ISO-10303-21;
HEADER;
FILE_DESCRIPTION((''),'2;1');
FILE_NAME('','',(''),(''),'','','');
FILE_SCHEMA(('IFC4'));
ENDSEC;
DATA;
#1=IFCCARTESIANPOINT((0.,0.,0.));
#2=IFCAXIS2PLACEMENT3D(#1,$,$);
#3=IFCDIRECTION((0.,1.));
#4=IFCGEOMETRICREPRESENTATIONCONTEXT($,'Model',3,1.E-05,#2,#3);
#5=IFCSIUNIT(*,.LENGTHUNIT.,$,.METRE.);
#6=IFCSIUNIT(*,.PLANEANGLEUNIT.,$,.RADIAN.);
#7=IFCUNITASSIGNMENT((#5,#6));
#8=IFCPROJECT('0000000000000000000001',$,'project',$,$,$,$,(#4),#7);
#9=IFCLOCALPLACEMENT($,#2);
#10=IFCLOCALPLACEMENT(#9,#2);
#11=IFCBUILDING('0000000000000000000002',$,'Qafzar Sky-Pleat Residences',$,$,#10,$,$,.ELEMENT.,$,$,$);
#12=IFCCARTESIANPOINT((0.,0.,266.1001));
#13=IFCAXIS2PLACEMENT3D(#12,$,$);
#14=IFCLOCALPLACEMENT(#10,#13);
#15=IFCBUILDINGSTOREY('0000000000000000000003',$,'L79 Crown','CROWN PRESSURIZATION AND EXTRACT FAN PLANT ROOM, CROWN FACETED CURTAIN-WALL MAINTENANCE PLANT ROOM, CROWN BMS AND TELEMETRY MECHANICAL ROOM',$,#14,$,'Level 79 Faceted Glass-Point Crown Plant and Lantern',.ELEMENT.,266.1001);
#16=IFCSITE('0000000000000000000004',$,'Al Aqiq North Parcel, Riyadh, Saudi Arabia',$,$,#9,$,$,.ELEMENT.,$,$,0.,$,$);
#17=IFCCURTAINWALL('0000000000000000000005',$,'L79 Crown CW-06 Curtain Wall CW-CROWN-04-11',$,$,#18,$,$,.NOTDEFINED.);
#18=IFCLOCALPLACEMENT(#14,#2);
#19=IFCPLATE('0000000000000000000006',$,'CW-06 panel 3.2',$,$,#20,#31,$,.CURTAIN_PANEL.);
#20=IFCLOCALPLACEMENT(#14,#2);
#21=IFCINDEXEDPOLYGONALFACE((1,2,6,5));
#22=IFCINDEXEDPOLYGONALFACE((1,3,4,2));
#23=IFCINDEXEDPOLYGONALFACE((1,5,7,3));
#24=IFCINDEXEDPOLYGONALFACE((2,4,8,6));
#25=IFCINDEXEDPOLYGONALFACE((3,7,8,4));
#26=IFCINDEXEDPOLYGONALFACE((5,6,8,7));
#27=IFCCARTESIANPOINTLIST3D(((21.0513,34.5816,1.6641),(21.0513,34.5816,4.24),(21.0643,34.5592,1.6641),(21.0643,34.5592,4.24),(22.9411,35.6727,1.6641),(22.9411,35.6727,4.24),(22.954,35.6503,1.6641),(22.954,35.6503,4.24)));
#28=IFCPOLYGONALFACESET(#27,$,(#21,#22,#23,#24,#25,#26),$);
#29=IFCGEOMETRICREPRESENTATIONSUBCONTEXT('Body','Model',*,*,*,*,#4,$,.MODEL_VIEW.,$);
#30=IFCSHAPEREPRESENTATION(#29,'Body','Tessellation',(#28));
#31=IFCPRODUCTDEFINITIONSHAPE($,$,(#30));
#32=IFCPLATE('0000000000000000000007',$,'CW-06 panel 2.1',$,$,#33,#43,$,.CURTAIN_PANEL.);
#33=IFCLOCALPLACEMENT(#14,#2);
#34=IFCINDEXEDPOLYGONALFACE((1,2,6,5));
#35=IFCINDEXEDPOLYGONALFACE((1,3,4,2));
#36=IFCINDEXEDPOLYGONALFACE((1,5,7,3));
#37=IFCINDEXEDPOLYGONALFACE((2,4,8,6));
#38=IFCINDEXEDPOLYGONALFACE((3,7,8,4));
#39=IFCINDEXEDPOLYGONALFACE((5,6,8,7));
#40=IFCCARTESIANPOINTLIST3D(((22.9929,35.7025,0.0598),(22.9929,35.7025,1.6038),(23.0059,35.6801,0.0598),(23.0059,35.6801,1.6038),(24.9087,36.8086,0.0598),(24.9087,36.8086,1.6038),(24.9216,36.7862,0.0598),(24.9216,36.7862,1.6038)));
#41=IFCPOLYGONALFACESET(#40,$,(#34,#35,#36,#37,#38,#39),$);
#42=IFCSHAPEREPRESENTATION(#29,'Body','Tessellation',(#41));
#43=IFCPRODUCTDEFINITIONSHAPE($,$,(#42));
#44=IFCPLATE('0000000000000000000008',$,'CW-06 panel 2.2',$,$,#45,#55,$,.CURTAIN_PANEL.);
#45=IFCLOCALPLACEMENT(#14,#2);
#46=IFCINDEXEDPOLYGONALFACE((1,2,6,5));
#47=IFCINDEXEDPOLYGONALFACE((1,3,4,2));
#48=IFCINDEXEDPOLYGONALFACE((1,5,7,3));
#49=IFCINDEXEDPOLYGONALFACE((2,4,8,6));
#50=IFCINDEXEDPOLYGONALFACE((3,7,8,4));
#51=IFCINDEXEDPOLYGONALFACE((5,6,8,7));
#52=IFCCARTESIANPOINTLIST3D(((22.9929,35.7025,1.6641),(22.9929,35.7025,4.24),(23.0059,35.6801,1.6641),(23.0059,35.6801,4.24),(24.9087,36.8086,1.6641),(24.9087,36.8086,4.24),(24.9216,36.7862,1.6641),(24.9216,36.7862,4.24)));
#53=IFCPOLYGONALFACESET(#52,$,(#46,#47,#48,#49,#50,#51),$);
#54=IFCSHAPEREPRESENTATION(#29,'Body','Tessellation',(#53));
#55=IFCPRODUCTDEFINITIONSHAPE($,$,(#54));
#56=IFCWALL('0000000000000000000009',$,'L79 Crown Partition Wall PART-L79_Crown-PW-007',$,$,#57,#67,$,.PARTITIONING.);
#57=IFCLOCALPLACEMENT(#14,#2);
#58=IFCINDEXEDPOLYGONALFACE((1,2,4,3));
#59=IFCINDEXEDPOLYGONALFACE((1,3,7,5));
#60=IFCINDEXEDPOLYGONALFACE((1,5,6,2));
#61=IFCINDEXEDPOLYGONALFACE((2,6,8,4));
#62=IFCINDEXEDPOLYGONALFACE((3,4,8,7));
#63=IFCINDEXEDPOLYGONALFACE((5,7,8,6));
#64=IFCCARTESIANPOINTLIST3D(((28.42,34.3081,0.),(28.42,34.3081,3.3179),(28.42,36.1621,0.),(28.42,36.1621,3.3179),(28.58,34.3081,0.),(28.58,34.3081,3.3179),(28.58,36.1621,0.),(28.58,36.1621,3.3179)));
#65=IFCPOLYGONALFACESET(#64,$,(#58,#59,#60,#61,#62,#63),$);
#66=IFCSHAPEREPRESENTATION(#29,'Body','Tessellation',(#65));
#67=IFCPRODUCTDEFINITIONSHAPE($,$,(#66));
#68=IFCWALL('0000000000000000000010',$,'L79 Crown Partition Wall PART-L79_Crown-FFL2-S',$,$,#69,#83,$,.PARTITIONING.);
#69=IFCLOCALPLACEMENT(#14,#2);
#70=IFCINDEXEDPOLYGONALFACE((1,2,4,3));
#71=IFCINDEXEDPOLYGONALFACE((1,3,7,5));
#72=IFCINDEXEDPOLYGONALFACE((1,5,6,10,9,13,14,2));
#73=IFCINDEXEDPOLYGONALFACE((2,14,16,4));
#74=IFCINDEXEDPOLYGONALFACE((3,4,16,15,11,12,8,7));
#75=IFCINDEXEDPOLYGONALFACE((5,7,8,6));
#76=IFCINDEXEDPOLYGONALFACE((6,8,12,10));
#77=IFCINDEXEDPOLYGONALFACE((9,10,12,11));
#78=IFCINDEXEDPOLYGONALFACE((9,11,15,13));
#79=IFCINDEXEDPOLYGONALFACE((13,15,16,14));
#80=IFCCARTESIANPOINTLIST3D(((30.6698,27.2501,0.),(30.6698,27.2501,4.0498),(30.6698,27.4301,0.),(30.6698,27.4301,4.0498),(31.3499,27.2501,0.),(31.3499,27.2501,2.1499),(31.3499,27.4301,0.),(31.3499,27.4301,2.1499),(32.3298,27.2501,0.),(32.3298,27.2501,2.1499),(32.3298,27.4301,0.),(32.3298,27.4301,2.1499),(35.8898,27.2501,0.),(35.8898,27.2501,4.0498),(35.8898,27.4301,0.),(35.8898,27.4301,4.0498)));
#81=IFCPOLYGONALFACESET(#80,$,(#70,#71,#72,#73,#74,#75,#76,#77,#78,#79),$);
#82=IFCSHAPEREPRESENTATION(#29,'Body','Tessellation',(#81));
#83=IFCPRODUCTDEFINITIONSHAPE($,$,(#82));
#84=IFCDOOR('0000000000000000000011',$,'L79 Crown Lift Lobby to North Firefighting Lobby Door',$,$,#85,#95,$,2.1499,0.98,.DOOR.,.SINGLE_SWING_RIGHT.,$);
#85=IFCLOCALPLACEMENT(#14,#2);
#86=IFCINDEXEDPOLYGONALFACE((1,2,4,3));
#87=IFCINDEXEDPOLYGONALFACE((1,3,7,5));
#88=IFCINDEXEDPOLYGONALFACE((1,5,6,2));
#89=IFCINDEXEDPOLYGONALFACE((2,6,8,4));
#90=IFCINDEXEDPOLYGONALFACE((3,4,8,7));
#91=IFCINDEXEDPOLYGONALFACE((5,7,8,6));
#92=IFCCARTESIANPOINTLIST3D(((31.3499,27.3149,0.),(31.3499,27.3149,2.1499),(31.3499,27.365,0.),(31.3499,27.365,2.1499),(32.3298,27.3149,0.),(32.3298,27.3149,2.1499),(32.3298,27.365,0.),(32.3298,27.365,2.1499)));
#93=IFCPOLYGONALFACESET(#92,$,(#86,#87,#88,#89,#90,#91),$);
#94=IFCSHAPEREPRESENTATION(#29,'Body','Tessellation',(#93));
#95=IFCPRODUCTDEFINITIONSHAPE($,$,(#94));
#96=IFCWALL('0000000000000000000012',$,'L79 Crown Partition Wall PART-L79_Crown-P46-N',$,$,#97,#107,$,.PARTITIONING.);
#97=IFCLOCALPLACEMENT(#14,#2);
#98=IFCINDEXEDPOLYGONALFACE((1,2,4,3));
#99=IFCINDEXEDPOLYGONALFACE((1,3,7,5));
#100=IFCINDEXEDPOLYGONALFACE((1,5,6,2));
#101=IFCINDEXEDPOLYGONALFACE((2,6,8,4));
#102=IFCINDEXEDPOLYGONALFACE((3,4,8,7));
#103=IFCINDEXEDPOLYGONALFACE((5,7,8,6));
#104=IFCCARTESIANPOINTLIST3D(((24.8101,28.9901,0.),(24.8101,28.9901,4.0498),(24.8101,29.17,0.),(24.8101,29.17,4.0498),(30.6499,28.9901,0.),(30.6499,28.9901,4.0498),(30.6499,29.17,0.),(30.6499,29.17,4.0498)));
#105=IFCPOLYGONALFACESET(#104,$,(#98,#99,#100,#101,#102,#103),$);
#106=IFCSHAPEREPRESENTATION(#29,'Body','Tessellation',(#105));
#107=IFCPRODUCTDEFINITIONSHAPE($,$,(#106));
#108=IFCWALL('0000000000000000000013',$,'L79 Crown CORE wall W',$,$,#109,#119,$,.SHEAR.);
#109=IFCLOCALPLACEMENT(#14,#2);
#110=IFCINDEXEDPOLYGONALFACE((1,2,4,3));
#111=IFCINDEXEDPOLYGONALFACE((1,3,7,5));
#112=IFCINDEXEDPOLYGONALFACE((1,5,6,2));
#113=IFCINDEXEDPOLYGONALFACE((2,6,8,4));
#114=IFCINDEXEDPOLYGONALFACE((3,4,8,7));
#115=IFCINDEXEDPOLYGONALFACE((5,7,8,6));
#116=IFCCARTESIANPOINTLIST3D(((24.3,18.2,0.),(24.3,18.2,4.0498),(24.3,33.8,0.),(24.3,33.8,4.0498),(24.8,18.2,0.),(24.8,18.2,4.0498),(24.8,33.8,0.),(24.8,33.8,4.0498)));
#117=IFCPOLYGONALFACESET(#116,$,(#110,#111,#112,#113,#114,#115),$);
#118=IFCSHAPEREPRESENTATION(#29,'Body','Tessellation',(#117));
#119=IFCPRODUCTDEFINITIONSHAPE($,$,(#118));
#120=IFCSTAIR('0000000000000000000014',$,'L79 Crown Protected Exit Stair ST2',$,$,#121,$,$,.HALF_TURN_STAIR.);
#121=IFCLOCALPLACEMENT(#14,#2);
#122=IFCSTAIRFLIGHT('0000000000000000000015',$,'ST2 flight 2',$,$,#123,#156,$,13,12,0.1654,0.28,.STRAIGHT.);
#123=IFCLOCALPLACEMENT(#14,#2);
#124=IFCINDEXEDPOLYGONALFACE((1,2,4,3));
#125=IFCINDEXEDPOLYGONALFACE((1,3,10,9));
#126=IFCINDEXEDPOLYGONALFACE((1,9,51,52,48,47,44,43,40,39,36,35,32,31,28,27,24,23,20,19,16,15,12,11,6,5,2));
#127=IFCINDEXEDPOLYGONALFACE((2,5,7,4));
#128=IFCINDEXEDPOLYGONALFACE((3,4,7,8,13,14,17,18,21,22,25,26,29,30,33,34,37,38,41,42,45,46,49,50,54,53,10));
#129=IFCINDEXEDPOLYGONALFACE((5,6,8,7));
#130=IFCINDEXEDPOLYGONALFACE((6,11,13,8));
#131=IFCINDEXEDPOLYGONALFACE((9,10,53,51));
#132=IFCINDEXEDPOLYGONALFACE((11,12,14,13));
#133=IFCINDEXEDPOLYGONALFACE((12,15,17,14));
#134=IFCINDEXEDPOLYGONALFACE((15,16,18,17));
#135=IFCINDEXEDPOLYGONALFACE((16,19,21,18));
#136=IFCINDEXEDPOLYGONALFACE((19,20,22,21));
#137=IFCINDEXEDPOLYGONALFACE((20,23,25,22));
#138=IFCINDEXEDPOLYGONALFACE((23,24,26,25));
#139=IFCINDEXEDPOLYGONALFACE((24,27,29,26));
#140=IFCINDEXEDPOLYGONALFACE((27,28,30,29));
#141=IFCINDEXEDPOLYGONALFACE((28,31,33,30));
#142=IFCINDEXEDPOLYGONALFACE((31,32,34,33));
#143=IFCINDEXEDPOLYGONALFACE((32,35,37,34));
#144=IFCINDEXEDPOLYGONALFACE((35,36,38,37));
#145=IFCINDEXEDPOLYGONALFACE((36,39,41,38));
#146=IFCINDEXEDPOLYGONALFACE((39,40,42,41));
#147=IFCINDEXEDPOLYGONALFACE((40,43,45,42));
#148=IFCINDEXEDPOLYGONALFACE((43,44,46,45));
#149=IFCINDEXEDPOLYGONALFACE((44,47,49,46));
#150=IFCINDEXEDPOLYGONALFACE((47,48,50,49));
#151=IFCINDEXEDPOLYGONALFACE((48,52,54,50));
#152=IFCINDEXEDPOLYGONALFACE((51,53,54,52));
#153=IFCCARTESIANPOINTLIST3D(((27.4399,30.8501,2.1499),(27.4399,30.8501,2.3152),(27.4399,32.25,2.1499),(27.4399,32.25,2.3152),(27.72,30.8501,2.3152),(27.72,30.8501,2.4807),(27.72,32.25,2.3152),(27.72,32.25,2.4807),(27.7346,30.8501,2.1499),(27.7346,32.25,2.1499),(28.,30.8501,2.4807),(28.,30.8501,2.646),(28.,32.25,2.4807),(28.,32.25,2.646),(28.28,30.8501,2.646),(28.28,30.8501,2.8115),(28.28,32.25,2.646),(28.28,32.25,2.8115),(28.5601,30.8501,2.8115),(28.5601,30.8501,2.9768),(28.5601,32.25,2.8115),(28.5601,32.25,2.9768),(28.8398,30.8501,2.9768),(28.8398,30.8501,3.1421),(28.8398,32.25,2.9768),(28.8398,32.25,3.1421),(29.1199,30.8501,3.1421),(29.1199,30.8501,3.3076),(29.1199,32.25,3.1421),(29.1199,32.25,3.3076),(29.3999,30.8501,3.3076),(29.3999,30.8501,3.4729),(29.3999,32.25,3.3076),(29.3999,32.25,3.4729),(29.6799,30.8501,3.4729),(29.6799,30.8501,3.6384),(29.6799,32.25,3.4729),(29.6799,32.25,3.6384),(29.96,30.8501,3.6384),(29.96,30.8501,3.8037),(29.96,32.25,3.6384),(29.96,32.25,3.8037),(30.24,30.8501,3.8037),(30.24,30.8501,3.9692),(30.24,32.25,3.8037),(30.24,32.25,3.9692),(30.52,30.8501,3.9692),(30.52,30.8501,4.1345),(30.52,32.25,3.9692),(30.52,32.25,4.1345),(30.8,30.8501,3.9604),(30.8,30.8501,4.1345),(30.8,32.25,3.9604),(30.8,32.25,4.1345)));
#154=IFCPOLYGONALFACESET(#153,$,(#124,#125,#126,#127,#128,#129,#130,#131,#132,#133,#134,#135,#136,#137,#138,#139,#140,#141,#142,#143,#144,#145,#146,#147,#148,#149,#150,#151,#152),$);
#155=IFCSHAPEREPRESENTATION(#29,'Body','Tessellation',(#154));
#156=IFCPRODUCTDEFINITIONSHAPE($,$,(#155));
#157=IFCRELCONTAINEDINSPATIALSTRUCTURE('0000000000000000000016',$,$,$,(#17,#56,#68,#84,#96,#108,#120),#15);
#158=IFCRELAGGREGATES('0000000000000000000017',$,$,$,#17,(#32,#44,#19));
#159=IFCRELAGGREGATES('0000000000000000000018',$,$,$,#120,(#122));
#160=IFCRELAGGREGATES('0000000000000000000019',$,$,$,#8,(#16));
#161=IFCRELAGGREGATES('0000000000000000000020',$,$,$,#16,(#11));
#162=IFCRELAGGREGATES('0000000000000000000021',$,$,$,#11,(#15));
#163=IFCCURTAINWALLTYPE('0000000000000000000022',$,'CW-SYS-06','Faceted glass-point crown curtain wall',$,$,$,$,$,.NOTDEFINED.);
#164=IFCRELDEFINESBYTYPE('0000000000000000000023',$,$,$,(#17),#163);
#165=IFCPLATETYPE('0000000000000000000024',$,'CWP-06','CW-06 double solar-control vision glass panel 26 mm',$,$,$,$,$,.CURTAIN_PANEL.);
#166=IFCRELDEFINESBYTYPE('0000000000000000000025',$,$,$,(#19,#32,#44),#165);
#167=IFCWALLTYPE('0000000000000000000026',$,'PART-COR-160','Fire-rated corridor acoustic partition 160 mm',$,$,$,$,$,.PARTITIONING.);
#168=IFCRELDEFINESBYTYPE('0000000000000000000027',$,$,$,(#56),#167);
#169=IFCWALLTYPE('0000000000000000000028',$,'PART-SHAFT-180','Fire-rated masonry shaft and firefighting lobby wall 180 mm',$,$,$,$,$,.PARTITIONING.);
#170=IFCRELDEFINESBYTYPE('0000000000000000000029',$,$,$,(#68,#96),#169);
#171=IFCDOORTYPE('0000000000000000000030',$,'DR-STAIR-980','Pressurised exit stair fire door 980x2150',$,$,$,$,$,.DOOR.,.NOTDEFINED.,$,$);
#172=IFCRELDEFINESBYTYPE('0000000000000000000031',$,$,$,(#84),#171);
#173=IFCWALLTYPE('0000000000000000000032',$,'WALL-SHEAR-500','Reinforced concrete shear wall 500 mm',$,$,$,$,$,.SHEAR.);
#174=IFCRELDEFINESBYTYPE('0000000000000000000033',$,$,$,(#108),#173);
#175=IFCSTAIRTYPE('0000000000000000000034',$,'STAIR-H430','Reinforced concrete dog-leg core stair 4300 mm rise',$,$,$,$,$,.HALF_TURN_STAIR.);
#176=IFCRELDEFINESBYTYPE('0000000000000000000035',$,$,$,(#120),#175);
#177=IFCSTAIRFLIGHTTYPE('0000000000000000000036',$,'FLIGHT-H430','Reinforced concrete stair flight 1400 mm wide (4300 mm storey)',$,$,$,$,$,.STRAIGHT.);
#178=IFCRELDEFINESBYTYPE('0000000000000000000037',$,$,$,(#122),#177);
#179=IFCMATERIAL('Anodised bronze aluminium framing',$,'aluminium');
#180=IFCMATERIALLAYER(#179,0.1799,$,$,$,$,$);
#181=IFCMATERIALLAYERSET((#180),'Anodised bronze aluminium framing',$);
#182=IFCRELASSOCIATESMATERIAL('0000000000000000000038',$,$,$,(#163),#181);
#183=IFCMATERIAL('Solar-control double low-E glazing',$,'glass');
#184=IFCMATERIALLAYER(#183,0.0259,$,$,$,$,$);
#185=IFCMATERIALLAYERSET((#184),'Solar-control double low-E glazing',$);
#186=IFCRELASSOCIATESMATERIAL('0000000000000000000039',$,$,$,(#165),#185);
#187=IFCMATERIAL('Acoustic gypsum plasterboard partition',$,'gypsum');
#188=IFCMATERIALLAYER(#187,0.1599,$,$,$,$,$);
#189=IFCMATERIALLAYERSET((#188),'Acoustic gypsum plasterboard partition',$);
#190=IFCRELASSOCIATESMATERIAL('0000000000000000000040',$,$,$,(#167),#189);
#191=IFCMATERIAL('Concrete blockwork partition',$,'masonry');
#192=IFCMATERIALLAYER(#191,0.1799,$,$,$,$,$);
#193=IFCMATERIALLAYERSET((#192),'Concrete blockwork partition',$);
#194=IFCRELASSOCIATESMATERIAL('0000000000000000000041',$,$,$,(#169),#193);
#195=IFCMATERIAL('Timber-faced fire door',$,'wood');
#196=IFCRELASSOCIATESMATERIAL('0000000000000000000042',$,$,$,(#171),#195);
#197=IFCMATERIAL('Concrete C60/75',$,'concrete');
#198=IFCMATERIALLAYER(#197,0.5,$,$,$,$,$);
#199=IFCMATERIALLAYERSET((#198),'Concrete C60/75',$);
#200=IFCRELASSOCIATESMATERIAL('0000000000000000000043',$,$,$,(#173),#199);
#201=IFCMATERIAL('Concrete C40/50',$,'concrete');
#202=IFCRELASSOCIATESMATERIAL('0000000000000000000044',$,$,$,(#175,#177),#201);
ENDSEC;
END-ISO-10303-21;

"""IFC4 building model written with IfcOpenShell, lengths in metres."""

from ifc_helpers import new_model, si_unit, direction, frame, frame_2d, origin, origin_2d, place, context, subcontext, project, spatial, polyline, rectangle, outline, extrude, source, transform, mapped, material, layer, layer_set, type_object, element, fill, aggregate, save


model = new_model("IFC4")

# Units and contexts
model_context = context("Model", 3, precision=1e-05, world=origin(), true_north=direction((0.0, 1.0)))
body_context = subcontext(model_context, "Body", "Model", "MODEL_VIEW")
ifc_project = project(units=[si_unit("LENGTHUNIT", "METRE"), si_unit("PLANEANGLEUNIT", "RADIAN")], contexts=[model_context])

# Site, building, storey
site_placement = place(None, origin())
site = spatial("IfcSite", under=ifc_project, at=site_placement, Name="Al Aqiq North Parcel, Riyadh, Saudi Arabia", CompositionType="ELEMENT", RefElevation=0.0)
building_placement = place(site_placement, origin())
building = spatial("IfcBuilding", under=site, at=building_placement, Name="Qafzar Sky-Pleat Residences", CompositionType="ELEMENT")
storey_placement = place(building_placement, frame((0.0, 0.0, 266.1001)))
storey = spatial("IfcBuildingStorey", under=building, at=storey_placement, Name="L79 Crown", Description="CROWN PRESSURIZATION AND EXTRACT FAN PLANT ROOM, CROWN FACETED CURTAIN-WALL MAINTENANCE PLANT ROOM, CROWN BMS AND TELEMETRY MECHANICAL ROOM", LongName="Level 79 Faceted Glass-Point Crown Plant and Lantern", CompositionType="ELEMENT", Elevation=266.1001)

# Curtain wall, plates
ifc_material_1 = material(Name="Anodised bronze aluminium framing", Category="aluminium")
ifc_layer_1 = layer(ifc_material_1, 0.1799)
ifc_layer_set_1 = layer_set([ifc_layer_1], Name="Anodised bronze aluminium framing")
curtain_wall_type = type_object("IfcCurtainWallType", Name="CW-SYS-06", Description="Faceted glass-point crown curtain wall", PredefinedType="NOTDEFINED", material=ifc_layer_set_1)
curtain_wall_placement = place(storey_placement, origin())
curtain_wall = element("IfcCurtainWall", 1, at=curtain_wall_placement, inside=storey, type_object=curtain_wall_type, Name="L79 Crown CW-06 Curtain Wall CW-CROWN-04-11", PredefinedType="NOTDEFINED")
ifc_material_2 = material(Name="Solar-control double low-E glazing", Category="glass")
ifc_layer_2 = layer(ifc_material_2, 0.0259)
ifc_layer_set_2 = layer_set([ifc_layer_2], Name="Solar-control double low-E glazing")
plate_type = type_object("IfcPlateType", Name="CWP-06", Description="CW-06 double solar-control vision glass panel 26 mm", PredefinedType="CURTAIN_PANEL", material=ifc_layer_set_2)
shared_shape_1 = source(origin(), body_context, "Body", "SweptSolid", [
    extrude(rectangle(XDim=2.1821, YDim=0.0259, at=origin_2d()), origin(), (0.0, 0.0, 1.0), 2.5759),
])
plate_1_placement = place(storey_placement, frame((22.0027, 35.116, 1.6641), z_axis=(0.0, 0.0, 1.0), x_axis=(-0.866024, -0.500003, 0.0)))
plate_1 = element("IfcPlate", 2, at=plate_1_placement, type_object=plate_type, Name="CW-06 panel 3.2", PredefinedType="CURTAIN_PANEL", context=body_context, shape_type="MappedRepresentation", body=[
    mapped(shared_shape_1, transform((0.0, 0.0, 0.0), x_axis=(1.0, 0.0, 0.0), y_axis=(0.0, 1.0, 0.0), z_axis=(0.0, 0.0, 1.0), scale=1.0)),
])
shared_shape_2 = source(origin(), body_context, "Body", "SweptSolid", [
    extrude(rectangle(XDim=2.2122, YDim=0.0259, at=origin_2d()), origin(), (0.0, 0.0, 1.0), 1.5439),
])
plate_2_placement = place(storey_placement, frame((23.9573, 36.2444, 0.0598), z_axis=(0.0, 0.0, 1.0), x_axis=(-0.866024, -0.500003, 0.0)))
plate_2 = element("IfcPlate", 3, at=plate_2_placement, type_object=plate_type, Name="CW-06 panel 2.1", PredefinedType="CURTAIN_PANEL", context=body_context, shape_type="MappedRepresentation", body=[
    mapped(shared_shape_2, transform((0.0, 0.0, 0.0), x_axis=(1.0, 0.0, 0.0), y_axis=(0.0, 1.0, 0.0), z_axis=(0.0, 0.0, 1.0), scale=1.0)),
])
shared_shape_3 = source(origin(), body_context, "Body", "SweptSolid", [
    extrude(rectangle(XDim=2.2122, YDim=0.0259, at=origin_2d()), origin(), (0.0, 0.0, 1.0), 2.5759),
])
plate_3_placement = place(storey_placement, frame((23.9573, 36.2444, 1.6641), z_axis=(0.0, 0.0, 1.0), x_axis=(-0.866024, -0.500003, 0.0)))
plate_3 = element("IfcPlate", 4, at=plate_3_placement, type_object=plate_type, Name="CW-06 panel 2.2", PredefinedType="CURTAIN_PANEL", context=body_context, shape_type="MappedRepresentation", body=[
    mapped(shared_shape_3, transform((0.0, 0.0, 0.0), x_axis=(1.0, 0.0, 0.0), y_axis=(0.0, 1.0, 0.0), z_axis=(0.0, 0.0, 1.0), scale=1.0)),
])
aggregate(curtain_wall, [plate_2, plate_3, plate_1])

# Wall
ifc_material_3 = material(Name="Acoustic gypsum plasterboard partition", Category="gypsum")
ifc_layer_3 = layer(ifc_material_3, 0.1599)
ifc_layer_set_3 = layer_set([ifc_layer_3], Name="Acoustic gypsum plasterboard partition")
wall_type_1 = type_object("IfcWallType", Name="PART-COR-160", Description="Fire-rated corridor acoustic partition 160 mm", PredefinedType="PARTITIONING", material=ifc_layer_set_3)
wall_1_placement = place(storey_placement, frame((28.5, 34.3081, 0.0), z_axis=(0.0, 0.0, 1.0), x_axis=(0.0, 1.0, 0.0)))
element("IfcWall", 5, at=wall_1_placement, inside=storey, type_object=wall_type_1, Name="L79 Crown Partition Wall PART-L79_Crown-PW-007", PredefinedType="PARTITIONING", context=body_context, shape_type="SweptSolid", body=[
    extrude(rectangle(XDim=1.854, YDim=0.1599, at=frame_2d((0.927, 0.0))), origin(), (0.0, 0.0, 1.0), 3.3179),
])

# Wall, opening, door
ifc_material_4 = material(Name="Concrete blockwork partition", Category="masonry")
ifc_layer_4 = layer(ifc_material_4, 0.1799)
ifc_layer_set_4 = layer_set([ifc_layer_4], Name="Concrete blockwork partition")
wall_type_2 = type_object("IfcWallType", Name="PART-SHAFT-180", Description="Fire-rated masonry shaft and firefighting lobby wall 180 mm", PredefinedType="PARTITIONING", material=ifc_layer_set_4)
wall_2_placement = place(storey_placement, frame((30.6699, 27.3401, 0.0), z_axis=(0.0, 0.0, 1.0), x_axis=(1.0, 0.0, 0.0)))
wall_2 = element("IfcWall", 6, at=wall_2_placement, inside=storey, type_object=wall_type_2, Name="L79 Crown Partition Wall PART-L79_Crown-FFL2-S", PredefinedType="PARTITIONING", context=body_context, shape_type="SweptSolid", body=[
    extrude(rectangle(XDim=5.22, YDim=0.1799, at=frame_2d((2.6099, 0.0))), origin(), (0.0, 0.0, 1.0), 4.0498),
])
opening_1_placement = place(wall_2_placement, frame((0.6799, 0.0, 0.0)))
opening_1 = element("IfcOpeningElement", 7, at=opening_1_placement, cuts=wall_2, PredefinedType="OPENING", context=body_context, shape_type="SweptSolid", body=[
    extrude(rectangle(XDim=0.98, YDim=2.1499, at=frame_2d((0.49, 1.075))), frame((0.0, 0.1001, 0.0), z_axis=(0.0, -1.0, 0.0), x_axis=(1.0, 0.0, 0.0)), (0.0, 0.0, 1.0), 0.2),
])
ifc_material_5 = material(Name="Timber-faced fire door", Category="wood")
door_type_1 = type_object("IfcDoorType", Name="DR-STAIR-980", Description="Pressurised exit stair fire door 980x2150", OperationType="NOTDEFINED", PredefinedType="DOOR", material=ifc_material_5)
shared_shape_4 = source(origin(), body_context, "Body", "SweptSolid", [
    extrude(rectangle(XDim=0.98, YDim=2.1499, at=frame_2d((0.49, 1.075))), frame((0.0, 0.0249, 0.0), z_axis=(0.0, -1.0, 0.0), x_axis=(1.0, 0.0, 0.0)), (0.0, 0.0, 1.0), 0.05),
])
door_1_placement = place(opening_1_placement, origin())
door_1 = element("IfcDoor", 8, at=door_1_placement, inside=storey, type_object=door_type_1, Name="L79 Crown Lift Lobby to North Firefighting Lobby Door", OperationType="SINGLE_SWING_RIGHT", OverallHeight=2.1499, OverallWidth=0.98, PredefinedType="DOOR", context=body_context, shape_type="MappedRepresentation", body=[
    mapped(shared_shape_4, transform((0.0, 0.0, 0.0), x_axis=(1.0, 0.0, 0.0), y_axis=(0.0, 1.0, 0.0), z_axis=(0.0, 0.0, 1.0), scale=1.0)),
])
fill(opening_1, door_1)

# Wall
wall_3_placement = place(storey_placement, frame((24.8101, 29.0801, 0.0), z_axis=(0.0, 0.0, 1.0), x_axis=(1.0, 0.0, 0.0)))
element("IfcWall", 9, at=wall_3_placement, inside=storey, type_object=wall_type_2, Name="L79 Crown Partition Wall PART-L79_Crown-P46-N", PredefinedType="PARTITIONING", context=body_context, shape_type="SweptSolid", body=[
    extrude(rectangle(XDim=5.8398, YDim=0.1799, at=frame_2d((2.9199, 0.0))), origin(), (0.0, 0.0, 1.0), 4.0498),
])

# Shared definitions
ifc_material_6 = material(Name="Concrete C60/75", Category="concrete")

# Wall
ifc_layer_5 = layer(ifc_material_6, 0.5)
ifc_layer_set_5 = layer_set([ifc_layer_5], Name="Concrete C60/75")
wall_type_3 = type_object("IfcWallType", Name="WALL-SHEAR-500", Description="Reinforced concrete shear wall 500 mm", PredefinedType="SHEAR", material=ifc_layer_set_5)
wall_4_placement = place(storey_placement, frame((24.55, 33.8, 0.0), z_axis=(0.0, 0.0, 1.0), x_axis=(0.0, -1.0, 0.0)))
element("IfcWall", 10, at=wall_4_placement, inside=storey, type_object=wall_type_3, Name="L79 Crown CORE wall W", PredefinedType="SHEAR", context=body_context, shape_type="SweptSolid", body=[
    extrude(rectangle(XDim=15.6001, YDim=0.5, at=frame_2d((7.8, 0.0))), origin(), (0.0, 0.0, 1.0), 4.0498),
])

# Stair, stair flight
ifc_material_7 = material(Name="Concrete C40/50", Category="concrete")
stair_type = type_object("IfcStairType", Name="STAIR-H430", Description="Reinforced concrete dog-leg core stair 4300 mm rise", PredefinedType="HALF_TURN_STAIR", material=ifc_material_7)
stair_placement = place(storey_placement, origin())
stair = element("IfcStair", 11, at=stair_placement, inside=storey, type_object=stair_type, Name="L79 Crown Protected Exit Stair ST2", PredefinedType="HALF_TURN_STAIR")
stair_flight_type = type_object("IfcStairFlightType", Name="FLIGHT-H430", Description="Reinforced concrete stair flight 1400 mm wide (4300 mm storey)", PredefinedType="STRAIGHT", material=ifc_material_7)
shared_shape_5 = source(origin(), body_context, "Body", "SweptSolid", [
    extrude(outline(polyline([(0.0, 0.0), (0.0, 0.1653), (0.28, 0.1653), (0.28, 0.3308), (0.5601, 0.3308), (0.5601, 0.4961), (0.8401, 0.4961), (0.8401, 0.6616), (1.1201, 0.6616), (1.1201, 0.8269), (1.3999, 0.8269), (1.3999, 0.9922), (1.6799, 0.9922), (1.6799, 1.1577), (1.96, 1.1577), (1.96, 1.323), (2.24, 1.323), (2.24, 1.4885), (2.52, 1.4885), (2.52, 1.6538), (2.8, 1.6538), (2.8, 1.8193), (3.0801, 1.8193), (3.0801, 1.9846), (3.3601, 1.9846), (3.3601, 2.1499), (3.3601, 1.8105), (0.2947, 0.0), (0.0, 0.0)])), frame((0.0, 0.7, 0.0), z_axis=(0.0, -1.0, 0.0), x_axis=(1.0, 0.0, 0.0)), (0.0, 0.0, 1.0), 1.3999),
])
stair_flight_placement = place(storey_placement, frame((27.4399, 31.55, 2.1499), z_axis=(0.0, 0.0, 1.0), x_axis=(1.0, 0.0, 0.0)))
stair_flight = element("IfcStairFlight", 12, at=stair_flight_placement, type_object=stair_flight_type, Name="ST2 flight 2", NumberOfRisers=13, NumberOfTreads=12, PredefinedType="STRAIGHT", RiserHeight=0.1654, TreadLength=0.28, context=body_context, shape_type="MappedRepresentation", body=[
    mapped(shared_shape_5, transform((0.0, 0.0, 0.0), x_axis=(1.0, 0.0, 0.0), y_axis=(0.0, 1.0, 0.0), z_axis=(0.0, 0.0, 1.0), scale=1.0)),
])
aggregate(stair, [stair_flight])

save(model, "model.ifc")
